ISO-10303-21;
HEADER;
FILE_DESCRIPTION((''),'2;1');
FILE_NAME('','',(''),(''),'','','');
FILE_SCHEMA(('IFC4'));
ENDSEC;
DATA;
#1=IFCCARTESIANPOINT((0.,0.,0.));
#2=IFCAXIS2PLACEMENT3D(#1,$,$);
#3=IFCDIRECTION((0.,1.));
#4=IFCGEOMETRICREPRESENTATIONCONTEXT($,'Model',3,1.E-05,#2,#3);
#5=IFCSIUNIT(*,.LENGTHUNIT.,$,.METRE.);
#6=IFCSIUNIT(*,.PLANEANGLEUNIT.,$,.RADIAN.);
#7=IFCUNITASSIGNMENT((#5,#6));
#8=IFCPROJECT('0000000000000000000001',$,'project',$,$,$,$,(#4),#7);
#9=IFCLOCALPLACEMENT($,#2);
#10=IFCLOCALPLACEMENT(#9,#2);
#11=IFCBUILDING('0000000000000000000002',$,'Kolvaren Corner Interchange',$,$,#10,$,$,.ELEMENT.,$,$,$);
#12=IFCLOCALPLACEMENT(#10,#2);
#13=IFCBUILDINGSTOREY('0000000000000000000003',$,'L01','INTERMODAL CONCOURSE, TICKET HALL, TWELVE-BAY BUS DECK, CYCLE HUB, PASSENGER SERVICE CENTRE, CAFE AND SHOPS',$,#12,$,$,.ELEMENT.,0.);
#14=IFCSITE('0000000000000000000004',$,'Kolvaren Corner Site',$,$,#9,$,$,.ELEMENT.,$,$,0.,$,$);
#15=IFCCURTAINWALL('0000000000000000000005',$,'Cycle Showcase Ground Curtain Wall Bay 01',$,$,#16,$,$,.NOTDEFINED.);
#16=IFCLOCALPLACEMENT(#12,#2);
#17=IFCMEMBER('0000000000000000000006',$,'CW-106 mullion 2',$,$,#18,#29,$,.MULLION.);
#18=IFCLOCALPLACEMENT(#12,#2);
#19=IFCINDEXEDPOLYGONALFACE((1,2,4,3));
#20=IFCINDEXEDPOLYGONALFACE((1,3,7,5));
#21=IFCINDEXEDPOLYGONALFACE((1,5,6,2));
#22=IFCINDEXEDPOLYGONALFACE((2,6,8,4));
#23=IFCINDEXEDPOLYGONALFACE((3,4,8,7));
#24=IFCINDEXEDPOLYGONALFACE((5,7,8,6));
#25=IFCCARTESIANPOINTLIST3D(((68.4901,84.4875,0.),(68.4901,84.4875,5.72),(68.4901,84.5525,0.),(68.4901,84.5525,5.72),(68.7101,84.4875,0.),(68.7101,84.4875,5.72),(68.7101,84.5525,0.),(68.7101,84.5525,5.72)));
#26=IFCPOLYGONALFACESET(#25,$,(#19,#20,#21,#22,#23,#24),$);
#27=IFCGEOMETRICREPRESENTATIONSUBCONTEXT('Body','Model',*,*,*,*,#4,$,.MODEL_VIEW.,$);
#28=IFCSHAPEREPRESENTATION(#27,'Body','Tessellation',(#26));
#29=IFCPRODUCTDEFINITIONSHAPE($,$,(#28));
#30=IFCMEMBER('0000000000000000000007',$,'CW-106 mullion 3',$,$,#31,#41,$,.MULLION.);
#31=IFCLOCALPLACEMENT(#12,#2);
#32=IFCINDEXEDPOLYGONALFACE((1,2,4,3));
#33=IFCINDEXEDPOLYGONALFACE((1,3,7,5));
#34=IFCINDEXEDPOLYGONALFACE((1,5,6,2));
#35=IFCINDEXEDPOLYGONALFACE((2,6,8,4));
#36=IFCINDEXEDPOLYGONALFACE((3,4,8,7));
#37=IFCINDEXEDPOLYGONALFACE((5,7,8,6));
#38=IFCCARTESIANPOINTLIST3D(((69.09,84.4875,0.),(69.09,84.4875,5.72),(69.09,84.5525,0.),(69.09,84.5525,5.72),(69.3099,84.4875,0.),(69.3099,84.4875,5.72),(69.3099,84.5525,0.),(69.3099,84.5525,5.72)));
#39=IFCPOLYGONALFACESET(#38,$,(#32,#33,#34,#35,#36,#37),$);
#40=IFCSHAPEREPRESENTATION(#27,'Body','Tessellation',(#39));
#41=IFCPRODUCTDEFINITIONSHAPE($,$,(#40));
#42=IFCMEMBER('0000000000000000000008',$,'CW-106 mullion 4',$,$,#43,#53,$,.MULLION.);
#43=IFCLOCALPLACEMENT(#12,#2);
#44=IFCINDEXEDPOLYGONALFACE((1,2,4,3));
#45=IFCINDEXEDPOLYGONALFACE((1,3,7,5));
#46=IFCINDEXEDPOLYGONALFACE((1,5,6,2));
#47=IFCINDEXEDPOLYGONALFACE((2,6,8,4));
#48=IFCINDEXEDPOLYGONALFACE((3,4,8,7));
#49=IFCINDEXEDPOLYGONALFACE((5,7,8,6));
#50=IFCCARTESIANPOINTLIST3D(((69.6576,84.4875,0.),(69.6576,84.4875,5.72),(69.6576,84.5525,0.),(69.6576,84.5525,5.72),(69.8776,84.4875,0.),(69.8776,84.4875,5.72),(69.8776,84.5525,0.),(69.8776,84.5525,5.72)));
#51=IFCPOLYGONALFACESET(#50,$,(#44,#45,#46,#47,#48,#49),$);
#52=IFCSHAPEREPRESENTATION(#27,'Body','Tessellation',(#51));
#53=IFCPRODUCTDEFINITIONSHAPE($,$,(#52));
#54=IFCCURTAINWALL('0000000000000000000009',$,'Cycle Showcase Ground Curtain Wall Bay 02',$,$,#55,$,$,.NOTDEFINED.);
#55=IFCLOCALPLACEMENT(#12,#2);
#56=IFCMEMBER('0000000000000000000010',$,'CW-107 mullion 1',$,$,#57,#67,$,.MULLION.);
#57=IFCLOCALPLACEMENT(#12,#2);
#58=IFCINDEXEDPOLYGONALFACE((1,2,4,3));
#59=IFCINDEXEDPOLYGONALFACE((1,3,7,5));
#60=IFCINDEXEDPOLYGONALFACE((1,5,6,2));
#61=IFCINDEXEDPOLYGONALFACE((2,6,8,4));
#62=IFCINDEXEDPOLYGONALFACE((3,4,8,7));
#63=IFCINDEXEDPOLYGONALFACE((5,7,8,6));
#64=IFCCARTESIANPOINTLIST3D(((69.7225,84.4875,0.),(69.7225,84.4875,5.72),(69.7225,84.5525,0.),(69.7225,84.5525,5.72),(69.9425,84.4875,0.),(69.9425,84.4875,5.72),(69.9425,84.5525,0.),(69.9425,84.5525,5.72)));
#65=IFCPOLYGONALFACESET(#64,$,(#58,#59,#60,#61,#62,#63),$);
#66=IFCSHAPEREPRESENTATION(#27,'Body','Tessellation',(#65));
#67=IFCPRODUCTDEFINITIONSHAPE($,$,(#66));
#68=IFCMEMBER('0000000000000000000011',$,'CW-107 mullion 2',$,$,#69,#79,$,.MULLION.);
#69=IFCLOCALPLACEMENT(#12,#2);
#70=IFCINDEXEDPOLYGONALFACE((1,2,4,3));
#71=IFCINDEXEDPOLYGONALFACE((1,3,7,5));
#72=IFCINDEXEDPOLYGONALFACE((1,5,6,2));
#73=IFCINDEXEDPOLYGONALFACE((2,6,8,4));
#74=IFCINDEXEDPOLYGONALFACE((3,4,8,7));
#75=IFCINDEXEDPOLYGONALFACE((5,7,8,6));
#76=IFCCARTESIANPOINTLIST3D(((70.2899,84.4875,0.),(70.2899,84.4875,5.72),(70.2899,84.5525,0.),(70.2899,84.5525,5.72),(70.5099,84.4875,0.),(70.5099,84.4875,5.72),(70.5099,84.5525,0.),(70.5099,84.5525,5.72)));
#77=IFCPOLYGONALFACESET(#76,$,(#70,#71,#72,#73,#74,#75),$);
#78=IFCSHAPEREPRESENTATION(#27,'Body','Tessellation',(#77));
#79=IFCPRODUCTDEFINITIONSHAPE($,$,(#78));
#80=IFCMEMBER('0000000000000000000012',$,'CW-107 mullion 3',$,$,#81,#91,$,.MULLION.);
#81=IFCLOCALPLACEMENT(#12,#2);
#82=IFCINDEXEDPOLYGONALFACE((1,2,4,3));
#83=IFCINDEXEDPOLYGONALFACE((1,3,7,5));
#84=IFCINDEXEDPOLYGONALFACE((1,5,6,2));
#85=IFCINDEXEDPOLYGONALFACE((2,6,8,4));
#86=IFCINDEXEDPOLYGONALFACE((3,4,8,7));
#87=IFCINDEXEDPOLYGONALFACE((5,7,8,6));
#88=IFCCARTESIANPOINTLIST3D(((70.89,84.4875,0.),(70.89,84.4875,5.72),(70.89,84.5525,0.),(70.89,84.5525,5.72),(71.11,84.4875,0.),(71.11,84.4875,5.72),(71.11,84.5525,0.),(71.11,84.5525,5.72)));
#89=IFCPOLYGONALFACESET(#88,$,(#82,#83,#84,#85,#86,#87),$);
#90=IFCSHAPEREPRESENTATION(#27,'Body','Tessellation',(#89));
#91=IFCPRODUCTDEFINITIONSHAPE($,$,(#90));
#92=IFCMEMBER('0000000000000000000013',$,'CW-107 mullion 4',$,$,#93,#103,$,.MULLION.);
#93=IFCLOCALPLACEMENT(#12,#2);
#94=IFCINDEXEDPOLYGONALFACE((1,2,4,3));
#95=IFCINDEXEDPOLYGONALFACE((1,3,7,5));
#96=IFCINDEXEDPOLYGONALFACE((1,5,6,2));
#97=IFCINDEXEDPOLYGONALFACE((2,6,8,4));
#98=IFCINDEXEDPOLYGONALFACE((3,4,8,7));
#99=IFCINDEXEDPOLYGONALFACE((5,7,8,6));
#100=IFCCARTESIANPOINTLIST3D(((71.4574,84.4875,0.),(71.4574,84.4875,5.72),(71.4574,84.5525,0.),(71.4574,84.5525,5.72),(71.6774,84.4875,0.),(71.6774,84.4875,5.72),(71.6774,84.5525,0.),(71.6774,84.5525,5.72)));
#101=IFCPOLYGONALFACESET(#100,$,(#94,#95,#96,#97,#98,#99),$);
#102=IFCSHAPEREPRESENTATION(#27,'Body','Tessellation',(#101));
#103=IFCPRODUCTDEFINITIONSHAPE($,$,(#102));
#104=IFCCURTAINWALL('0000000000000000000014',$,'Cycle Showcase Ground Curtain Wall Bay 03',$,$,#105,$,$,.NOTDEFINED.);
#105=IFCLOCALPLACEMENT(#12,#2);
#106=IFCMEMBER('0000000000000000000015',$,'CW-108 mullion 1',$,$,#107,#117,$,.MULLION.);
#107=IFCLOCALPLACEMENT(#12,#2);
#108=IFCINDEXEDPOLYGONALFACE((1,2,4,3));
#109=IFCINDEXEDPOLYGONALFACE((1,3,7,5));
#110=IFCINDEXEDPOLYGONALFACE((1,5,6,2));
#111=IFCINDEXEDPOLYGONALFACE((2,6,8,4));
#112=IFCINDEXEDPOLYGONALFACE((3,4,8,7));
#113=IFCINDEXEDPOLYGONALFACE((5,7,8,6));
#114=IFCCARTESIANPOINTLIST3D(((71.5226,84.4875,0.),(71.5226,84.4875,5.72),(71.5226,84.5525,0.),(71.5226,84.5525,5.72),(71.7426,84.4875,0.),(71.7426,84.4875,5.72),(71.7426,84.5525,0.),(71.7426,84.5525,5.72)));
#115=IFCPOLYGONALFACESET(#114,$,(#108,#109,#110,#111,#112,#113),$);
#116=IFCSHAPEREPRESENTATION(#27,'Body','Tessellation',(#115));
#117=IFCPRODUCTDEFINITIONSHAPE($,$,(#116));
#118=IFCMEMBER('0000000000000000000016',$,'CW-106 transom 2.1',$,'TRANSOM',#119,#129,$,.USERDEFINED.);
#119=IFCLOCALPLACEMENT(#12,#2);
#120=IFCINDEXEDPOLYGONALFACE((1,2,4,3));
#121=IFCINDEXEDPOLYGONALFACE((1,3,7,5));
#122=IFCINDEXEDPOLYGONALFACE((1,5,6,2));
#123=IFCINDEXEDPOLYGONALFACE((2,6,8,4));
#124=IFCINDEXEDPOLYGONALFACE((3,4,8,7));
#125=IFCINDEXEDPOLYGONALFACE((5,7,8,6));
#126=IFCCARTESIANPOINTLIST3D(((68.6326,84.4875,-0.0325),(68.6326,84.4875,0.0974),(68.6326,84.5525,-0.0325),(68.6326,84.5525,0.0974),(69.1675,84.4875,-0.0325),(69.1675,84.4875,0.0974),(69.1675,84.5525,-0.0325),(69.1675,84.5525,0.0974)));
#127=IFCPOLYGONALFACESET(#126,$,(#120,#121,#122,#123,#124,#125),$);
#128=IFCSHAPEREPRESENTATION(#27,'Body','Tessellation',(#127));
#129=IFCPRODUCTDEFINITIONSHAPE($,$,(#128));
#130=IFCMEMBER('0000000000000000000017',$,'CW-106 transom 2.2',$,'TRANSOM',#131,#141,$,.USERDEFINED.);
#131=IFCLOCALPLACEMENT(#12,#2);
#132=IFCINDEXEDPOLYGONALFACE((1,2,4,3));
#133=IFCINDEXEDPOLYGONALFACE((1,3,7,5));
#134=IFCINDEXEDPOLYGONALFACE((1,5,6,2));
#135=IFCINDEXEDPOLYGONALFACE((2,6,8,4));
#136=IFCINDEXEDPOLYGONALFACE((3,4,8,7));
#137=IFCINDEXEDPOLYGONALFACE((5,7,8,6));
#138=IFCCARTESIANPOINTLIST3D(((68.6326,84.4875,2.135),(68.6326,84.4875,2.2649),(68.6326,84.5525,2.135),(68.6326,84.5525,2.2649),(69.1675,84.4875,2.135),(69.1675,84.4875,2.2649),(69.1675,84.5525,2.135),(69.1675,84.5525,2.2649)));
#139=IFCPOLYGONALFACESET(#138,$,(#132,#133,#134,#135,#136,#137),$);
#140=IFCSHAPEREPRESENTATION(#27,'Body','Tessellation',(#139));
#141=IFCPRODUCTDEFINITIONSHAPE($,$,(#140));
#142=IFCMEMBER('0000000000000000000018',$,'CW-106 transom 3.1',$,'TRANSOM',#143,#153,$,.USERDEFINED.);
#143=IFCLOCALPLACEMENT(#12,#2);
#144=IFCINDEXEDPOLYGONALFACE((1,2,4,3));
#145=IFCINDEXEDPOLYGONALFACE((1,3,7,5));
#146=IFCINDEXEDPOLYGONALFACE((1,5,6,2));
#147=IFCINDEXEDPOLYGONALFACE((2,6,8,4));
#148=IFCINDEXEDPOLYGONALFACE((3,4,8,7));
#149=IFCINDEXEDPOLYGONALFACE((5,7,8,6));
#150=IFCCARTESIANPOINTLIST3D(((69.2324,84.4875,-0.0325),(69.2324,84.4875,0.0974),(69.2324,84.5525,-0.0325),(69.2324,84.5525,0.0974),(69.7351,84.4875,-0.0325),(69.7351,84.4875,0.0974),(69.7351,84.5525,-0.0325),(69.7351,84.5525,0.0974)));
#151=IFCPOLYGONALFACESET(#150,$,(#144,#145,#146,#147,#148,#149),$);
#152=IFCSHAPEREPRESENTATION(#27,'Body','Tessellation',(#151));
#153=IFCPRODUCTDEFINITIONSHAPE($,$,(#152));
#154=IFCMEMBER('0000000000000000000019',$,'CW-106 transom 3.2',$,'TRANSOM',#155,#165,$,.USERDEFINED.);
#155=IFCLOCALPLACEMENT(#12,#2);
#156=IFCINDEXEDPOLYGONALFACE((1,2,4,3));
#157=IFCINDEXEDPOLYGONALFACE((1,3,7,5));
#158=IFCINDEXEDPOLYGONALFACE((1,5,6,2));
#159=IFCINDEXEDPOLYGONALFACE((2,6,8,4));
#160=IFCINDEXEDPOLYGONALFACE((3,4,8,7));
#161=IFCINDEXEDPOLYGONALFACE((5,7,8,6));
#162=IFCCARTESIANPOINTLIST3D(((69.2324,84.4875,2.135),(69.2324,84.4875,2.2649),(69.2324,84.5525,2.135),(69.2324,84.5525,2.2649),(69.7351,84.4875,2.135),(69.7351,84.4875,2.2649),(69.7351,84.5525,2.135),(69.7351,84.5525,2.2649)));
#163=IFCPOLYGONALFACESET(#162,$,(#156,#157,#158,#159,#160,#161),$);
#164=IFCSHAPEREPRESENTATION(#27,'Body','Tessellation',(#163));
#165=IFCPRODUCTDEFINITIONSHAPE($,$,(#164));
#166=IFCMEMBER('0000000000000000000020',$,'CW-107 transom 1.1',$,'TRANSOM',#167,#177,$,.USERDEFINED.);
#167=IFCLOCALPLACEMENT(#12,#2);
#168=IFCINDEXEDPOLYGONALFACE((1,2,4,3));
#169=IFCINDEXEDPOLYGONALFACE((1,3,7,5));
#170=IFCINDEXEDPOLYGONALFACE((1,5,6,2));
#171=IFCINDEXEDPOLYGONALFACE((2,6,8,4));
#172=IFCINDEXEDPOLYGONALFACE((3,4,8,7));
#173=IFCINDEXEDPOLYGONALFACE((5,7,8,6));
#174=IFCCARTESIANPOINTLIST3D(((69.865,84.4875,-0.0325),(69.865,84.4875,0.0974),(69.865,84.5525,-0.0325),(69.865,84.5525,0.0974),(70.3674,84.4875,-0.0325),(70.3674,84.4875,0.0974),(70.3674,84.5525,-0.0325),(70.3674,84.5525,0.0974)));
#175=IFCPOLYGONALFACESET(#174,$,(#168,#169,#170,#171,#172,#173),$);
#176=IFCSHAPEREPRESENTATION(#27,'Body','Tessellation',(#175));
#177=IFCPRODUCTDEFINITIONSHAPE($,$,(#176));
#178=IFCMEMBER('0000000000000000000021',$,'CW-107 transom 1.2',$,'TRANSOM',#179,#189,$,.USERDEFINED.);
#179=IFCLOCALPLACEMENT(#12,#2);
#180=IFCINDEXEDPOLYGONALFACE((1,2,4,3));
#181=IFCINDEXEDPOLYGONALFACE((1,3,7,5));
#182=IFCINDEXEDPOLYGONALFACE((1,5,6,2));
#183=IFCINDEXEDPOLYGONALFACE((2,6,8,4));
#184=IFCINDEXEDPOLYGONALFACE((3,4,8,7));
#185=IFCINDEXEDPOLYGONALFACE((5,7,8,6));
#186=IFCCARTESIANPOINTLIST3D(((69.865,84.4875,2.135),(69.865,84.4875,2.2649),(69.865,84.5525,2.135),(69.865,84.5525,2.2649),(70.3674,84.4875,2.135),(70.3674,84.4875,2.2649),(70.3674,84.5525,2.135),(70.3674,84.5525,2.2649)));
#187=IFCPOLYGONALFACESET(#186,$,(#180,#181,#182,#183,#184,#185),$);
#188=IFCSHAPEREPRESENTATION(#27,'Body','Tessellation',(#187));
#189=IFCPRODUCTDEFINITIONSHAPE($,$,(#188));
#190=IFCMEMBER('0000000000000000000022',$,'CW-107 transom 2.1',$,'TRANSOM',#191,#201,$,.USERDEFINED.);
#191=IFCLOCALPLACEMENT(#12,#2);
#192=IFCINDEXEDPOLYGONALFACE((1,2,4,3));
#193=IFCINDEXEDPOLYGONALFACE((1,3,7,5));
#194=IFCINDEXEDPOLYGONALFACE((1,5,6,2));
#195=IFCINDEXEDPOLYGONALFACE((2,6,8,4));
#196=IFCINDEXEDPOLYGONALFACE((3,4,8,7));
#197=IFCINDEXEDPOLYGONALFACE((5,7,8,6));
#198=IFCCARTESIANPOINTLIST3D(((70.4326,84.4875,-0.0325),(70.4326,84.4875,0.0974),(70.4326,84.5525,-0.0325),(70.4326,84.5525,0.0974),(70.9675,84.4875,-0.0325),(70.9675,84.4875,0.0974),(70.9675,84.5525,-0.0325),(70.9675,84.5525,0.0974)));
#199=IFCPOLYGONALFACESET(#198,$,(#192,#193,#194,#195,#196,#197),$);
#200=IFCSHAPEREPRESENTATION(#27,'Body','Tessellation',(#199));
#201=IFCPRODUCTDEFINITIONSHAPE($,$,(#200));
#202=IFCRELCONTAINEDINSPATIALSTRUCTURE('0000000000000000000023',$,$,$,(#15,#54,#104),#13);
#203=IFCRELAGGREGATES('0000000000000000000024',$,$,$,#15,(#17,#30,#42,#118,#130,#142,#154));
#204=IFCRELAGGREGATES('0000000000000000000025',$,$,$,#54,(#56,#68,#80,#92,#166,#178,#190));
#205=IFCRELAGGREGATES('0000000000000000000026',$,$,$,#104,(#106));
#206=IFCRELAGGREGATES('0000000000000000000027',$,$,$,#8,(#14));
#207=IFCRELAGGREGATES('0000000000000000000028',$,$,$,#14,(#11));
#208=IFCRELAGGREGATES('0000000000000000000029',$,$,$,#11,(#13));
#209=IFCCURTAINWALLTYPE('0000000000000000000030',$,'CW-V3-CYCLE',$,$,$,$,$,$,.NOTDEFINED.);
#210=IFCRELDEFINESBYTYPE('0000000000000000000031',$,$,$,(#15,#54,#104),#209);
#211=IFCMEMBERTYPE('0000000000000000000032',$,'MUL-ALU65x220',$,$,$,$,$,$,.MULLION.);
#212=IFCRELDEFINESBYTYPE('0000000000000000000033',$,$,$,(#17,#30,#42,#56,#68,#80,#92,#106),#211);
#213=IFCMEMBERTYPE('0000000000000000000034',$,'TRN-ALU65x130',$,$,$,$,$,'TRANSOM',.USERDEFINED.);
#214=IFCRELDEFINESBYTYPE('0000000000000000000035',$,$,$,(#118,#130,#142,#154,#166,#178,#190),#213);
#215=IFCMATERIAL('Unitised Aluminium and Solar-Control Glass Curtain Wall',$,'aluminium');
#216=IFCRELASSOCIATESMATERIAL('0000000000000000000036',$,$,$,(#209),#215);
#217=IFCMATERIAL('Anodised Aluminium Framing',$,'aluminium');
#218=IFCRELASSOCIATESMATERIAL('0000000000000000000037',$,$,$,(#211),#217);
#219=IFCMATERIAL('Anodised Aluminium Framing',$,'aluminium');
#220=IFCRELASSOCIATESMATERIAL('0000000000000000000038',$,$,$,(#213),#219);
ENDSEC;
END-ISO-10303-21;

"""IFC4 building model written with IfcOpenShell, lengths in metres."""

from ifc_helpers import new_model, si_unit, direction, frame, origin, origin_2d, place, context, subcontext, project, spatial, rectangle, extrude, material, material_profile, profile_set, type_object, element, aggregate, save


model = new_model("IFC4")

# Units and contexts
model_context = context("Model", 3, precision=1e-05, world=origin(), true_north=direction((0.0, 1.0)))
body_context = subcontext(model_context, "Body", "Model", "MODEL_VIEW")
ifc_project = project(units=[si_unit("LENGTHUNIT", "METRE"), si_unit("PLANEANGLEUNIT", "RADIAN")], contexts=[model_context])

# Site, building, storey
site_placement = place(None, origin())
site = spatial("IfcSite", under=ifc_project, at=site_placement, Name="Kolvaren Corner Site", CompositionType="ELEMENT", RefElevation=0.0)
building_placement = place(site_placement, origin())
building = spatial("IfcBuilding", under=site, at=building_placement, Name="Kolvaren Corner Interchange", CompositionType="ELEMENT")
storey_placement = place(building_placement, origin())
storey = spatial("IfcBuildingStorey", under=building, at=storey_placement, Name="L01", Description="INTERMODAL CONCOURSE, TICKET HALL, TWELVE-BAY BUS DECK, CYCLE HUB, PASSENGER SERVICE CENTRE, CAFE AND SHOPS", CompositionType="ELEMENT", Elevation=0.0)

# Curtain walls, members
ifc_material_1 = material(Name="Unitised Aluminium and Solar-Control Glass Curtain Wall", Category="aluminium")
curtain_wall_type = type_object("IfcCurtainWallType", Name="CW-V3-CYCLE", PredefinedType="NOTDEFINED", material=ifc_material_1)
curtain_wall_1_placement = place(storey_placement, origin())
curtain_wall_1 = element("IfcCurtainWall", 1, at=curtain_wall_1_placement, inside=storey, type_object=curtain_wall_type, Name="Cycle Showcase Ground Curtain Wall Bay 01", PredefinedType="NOTDEFINED")
ifc_material_2 = material(Name="Anodised Aluminium Framing", Category="aluminium")
ifc_material_profile_1 = material_profile(ifc_material_2, rectangle(XDim=0.0649, YDim=0.22, at=origin_2d()), Name="ALU 65x220")
ifc_profile_set_1 = profile_set([ifc_material_profile_1], Name="Anodised Aluminium Framing")
member_type_1 = type_object("IfcMemberType", Name="MUL-ALU65x220", PredefinedType="MULLION", material=ifc_profile_set_1)
member_1_placement = place(storey_placement, frame((68.6001, 84.52, 0.0), z_axis=(0.0, 0.0, 1.0), x_axis=(0.0, 1.0, 0.0)))
member_1 = element("IfcMember", 2, at=member_1_placement, type_object=member_type_1, Name="CW-106 mullion 2", PredefinedType="MULLION", context=body_context, shape_type="SweptSolid", body=[
    extrude(rectangle(XDim=0.0649, YDim=0.22, at=origin_2d()), origin(), (0.0, 0.0, 1.0), 5.72),
])
member_2_placement = place(storey_placement, frame((69.2, 84.52, 0.0), z_axis=(0.0, 0.0, 1.0), x_axis=(0.0, 1.0, 0.0)))
member_2 = element("IfcMember", 3, at=member_2_placement, type_object=member_type_1, Name="CW-106 mullion 3", PredefinedType="MULLION", context=body_context, shape_type="SweptSolid", body=[
    extrude(rectangle(XDim=0.0649, YDim=0.22, at=origin_2d()), origin(), (0.0, 0.0, 1.0), 5.72),
])
member_3_placement = place(storey_placement, frame((69.7676, 84.52, 0.0), z_axis=(0.0, 0.0, 1.0), x_axis=(0.0, 1.0, 0.0)))
member_3 = element("IfcMember", 4, at=member_3_placement, type_object=member_type_1, Name="CW-106 mullion 4", PredefinedType="MULLION", context=body_context, shape_type="SweptSolid", body=[
    extrude(rectangle(XDim=0.0649, YDim=0.22, at=origin_2d()), origin(), (0.0, 0.0, 1.0), 5.72),
])
curtain_wall_2_placement = place(storey_placement, origin())
curtain_wall_2 = element("IfcCurtainWall", 5, at=curtain_wall_2_placement, inside=storey, type_object=curtain_wall_type, Name="Cycle Showcase Ground Curtain Wall Bay 02", PredefinedType="NOTDEFINED")
member_4_placement = place(storey_placement, frame((69.8325, 84.52, 0.0), z_axis=(0.0, 0.0, 1.0), x_axis=(0.0, 1.0, 0.0)))
member_4 = element("IfcMember", 6, at=member_4_placement, type_object=member_type_1, Name="CW-107 mullion 1", PredefinedType="MULLION", context=body_context, shape_type="SweptSolid", body=[
    extrude(rectangle(XDim=0.0649, YDim=0.22, at=origin_2d()), origin(), (0.0, 0.0, 1.0), 5.72),
])
member_5_placement = place(storey_placement, frame((70.3999, 84.52, 0.0), z_axis=(0.0, 0.0, 1.0), x_axis=(0.0, 1.0, 0.0)))
member_5 = element("IfcMember", 7, at=member_5_placement, type_object=member_type_1, Name="CW-107 mullion 2", PredefinedType="MULLION", context=body_context, shape_type="SweptSolid", body=[
    extrude(rectangle(XDim=0.0649, YDim=0.22, at=origin_2d()), origin(), (0.0, 0.0, 1.0), 5.72),
])
member_6_placement = place(storey_placement, frame((71.0, 84.52, 0.0), z_axis=(0.0, 0.0, 1.0), x_axis=(0.0, 1.0, 0.0)))
member_6 = element("IfcMember", 8, at=member_6_placement, type_object=member_type_1, Name="CW-107 mullion 3", PredefinedType="MULLION", context=body_context, shape_type="SweptSolid", body=[
    extrude(rectangle(XDim=0.0649, YDim=0.22, at=origin_2d()), origin(), (0.0, 0.0, 1.0), 5.72),
])
member_7_placement = place(storey_placement, frame((71.5674, 84.52, 0.0), z_axis=(0.0, 0.0, 1.0), x_axis=(0.0, 1.0, 0.0)))
member_7 = element("IfcMember", 9, at=member_7_placement, type_object=member_type_1, Name="CW-107 mullion 4", PredefinedType="MULLION", context=body_context, shape_type="SweptSolid", body=[
    extrude(rectangle(XDim=0.0649, YDim=0.22, at=origin_2d()), origin(), (0.0, 0.0, 1.0), 5.72),
])

# Curtain wall, member
curtain_wall_3_placement = place(storey_placement, origin())
curtain_wall_3 = element("IfcCurtainWall", 10, at=curtain_wall_3_placement, inside=storey, type_object=curtain_wall_type, Name="Cycle Showcase Ground Curtain Wall Bay 03", PredefinedType="NOTDEFINED")
member_8_placement = place(storey_placement, frame((71.6326, 84.52, 0.0), z_axis=(0.0, 0.0, 1.0), x_axis=(0.0, 1.0, 0.0)))
member_8 = element("IfcMember", 11, at=member_8_placement, type_object=member_type_1, Name="CW-108 mullion 1", PredefinedType="MULLION", context=body_context, shape_type="SweptSolid", body=[
    extrude(rectangle(XDim=0.0649, YDim=0.22, at=origin_2d()), origin(), (0.0, 0.0, 1.0), 5.72),
])

# Members
ifc_material_3 = material(Name="Anodised Aluminium Framing", Category="aluminium")
ifc_material_profile_2 = material_profile(ifc_material_3, rectangle(XDim=0.0649, YDim=0.1299, at=origin_2d()), Name="ALU 65x130")
ifc_profile_set_2 = profile_set([ifc_material_profile_2], Name="Anodised Aluminium Framing")
member_type_2 = type_object("IfcMemberType", Name="TRN-ALU65x130", ElementType="TRANSOM", PredefinedType="USERDEFINED", material=ifc_profile_set_2)
member_9_placement = place(storey_placement, frame((68.6326, 84.52, 0.0325), z_axis=(1.0, 0.0, 0.0), x_axis=(0.0, 1.0, 0.0)))
member_9 = element("IfcMember", 12, at=member_9_placement, type_object=member_type_2, Name="CW-106 transom 2.1", ObjectType="TRANSOM", PredefinedType="USERDEFINED", context=body_context, shape_type="SweptSolid", body=[
    extrude(rectangle(XDim=0.0649, YDim=0.1299, at=origin_2d()), origin(), (0.0, 0.0, 1.0), 0.5349),
])
member_10_placement = place(storey_placement, frame((68.6326, 84.52, 2.2), z_axis=(1.0, 0.0, 0.0), x_axis=(0.0, 1.0, 0.0)))
member_10 = element("IfcMember", 13, at=member_10_placement, type_object=member_type_2, Name="CW-106 transom 2.2", ObjectType="TRANSOM", PredefinedType="USERDEFINED", context=body_context, shape_type="SweptSolid", body=[
    extrude(rectangle(XDim=0.0649, YDim=0.1299, at=origin_2d()), origin(), (0.0, 0.0, 1.0), 0.5349),
])
member_11_placement = place(storey_placement, frame((69.2324, 84.52, 0.0325), z_axis=(1.0, 0.0, 0.0), x_axis=(0.0, 1.0, 0.0)))
member_11 = element("IfcMember", 14, at=member_11_placement, type_object=member_type_2, Name="CW-106 transom 3.1", ObjectType="TRANSOM", PredefinedType="USERDEFINED", context=body_context, shape_type="SweptSolid", body=[
    extrude(rectangle(XDim=0.0649, YDim=0.1299, at=origin_2d()), origin(), (0.0, 0.0, 1.0), 0.5027),
])
member_12_placement = place(storey_placement, frame((69.2324, 84.52, 2.2), z_axis=(1.0, 0.0, 0.0), x_axis=(0.0, 1.0, 0.0)))
member_12 = element("IfcMember", 15, at=member_12_placement, type_object=member_type_2, Name="CW-106 transom 3.2", ObjectType="TRANSOM", PredefinedType="USERDEFINED", context=body_context, shape_type="SweptSolid", body=[
    extrude(rectangle(XDim=0.0649, YDim=0.1299, at=origin_2d()), origin(), (0.0, 0.0, 1.0), 0.5027),
])
member_13_placement = place(storey_placement, frame((69.865, 84.52, 0.0325), z_axis=(1.0, 0.0, 0.0), x_axis=(0.0, 1.0, 0.0)))
member_13 = element("IfcMember", 16, at=member_13_placement, type_object=member_type_2, Name="CW-107 transom 1.1", ObjectType="TRANSOM", PredefinedType="USERDEFINED", context=body_context, shape_type="SweptSolid", body=[
    extrude(rectangle(XDim=0.0649, YDim=0.1299, at=origin_2d()), origin(), (0.0, 0.0, 1.0), 0.5024),
])
member_14_placement = place(storey_placement, frame((69.865, 84.52, 2.2), z_axis=(1.0, 0.0, 0.0), x_axis=(0.0, 1.0, 0.0)))
member_14 = element("IfcMember", 17, at=member_14_placement, type_object=member_type_2, Name="CW-107 transom 1.2", ObjectType="TRANSOM", PredefinedType="USERDEFINED", context=body_context, shape_type="SweptSolid", body=[
    extrude(rectangle(XDim=0.0649, YDim=0.1299, at=origin_2d()), origin(), (0.0, 0.0, 1.0), 0.5024),
])
member_15_placement = place(storey_placement, frame((70.4326, 84.52, 0.0325), z_axis=(1.0, 0.0, 0.0), x_axis=(0.0, 1.0, 0.0)))
member_15 = element("IfcMember", 18, at=member_15_placement, type_object=member_type_2, Name="CW-107 transom 2.1", ObjectType="TRANSOM", PredefinedType="USERDEFINED", context=body_context, shape_type="SweptSolid", body=[
    extrude(rectangle(XDim=0.0649, YDim=0.1299, at=origin_2d()), origin(), (0.0, 0.0, 1.0), 0.5349),
])

aggregate(curtain_wall_1, [member_1, member_2, member_3, member_9, member_10, member_11, member_12])
aggregate(curtain_wall_2, [member_4, member_5, member_6, member_7, member_13, member_14, member_15])
aggregate(curtain_wall_3, [member_8])

save(model, "model.ifc")
